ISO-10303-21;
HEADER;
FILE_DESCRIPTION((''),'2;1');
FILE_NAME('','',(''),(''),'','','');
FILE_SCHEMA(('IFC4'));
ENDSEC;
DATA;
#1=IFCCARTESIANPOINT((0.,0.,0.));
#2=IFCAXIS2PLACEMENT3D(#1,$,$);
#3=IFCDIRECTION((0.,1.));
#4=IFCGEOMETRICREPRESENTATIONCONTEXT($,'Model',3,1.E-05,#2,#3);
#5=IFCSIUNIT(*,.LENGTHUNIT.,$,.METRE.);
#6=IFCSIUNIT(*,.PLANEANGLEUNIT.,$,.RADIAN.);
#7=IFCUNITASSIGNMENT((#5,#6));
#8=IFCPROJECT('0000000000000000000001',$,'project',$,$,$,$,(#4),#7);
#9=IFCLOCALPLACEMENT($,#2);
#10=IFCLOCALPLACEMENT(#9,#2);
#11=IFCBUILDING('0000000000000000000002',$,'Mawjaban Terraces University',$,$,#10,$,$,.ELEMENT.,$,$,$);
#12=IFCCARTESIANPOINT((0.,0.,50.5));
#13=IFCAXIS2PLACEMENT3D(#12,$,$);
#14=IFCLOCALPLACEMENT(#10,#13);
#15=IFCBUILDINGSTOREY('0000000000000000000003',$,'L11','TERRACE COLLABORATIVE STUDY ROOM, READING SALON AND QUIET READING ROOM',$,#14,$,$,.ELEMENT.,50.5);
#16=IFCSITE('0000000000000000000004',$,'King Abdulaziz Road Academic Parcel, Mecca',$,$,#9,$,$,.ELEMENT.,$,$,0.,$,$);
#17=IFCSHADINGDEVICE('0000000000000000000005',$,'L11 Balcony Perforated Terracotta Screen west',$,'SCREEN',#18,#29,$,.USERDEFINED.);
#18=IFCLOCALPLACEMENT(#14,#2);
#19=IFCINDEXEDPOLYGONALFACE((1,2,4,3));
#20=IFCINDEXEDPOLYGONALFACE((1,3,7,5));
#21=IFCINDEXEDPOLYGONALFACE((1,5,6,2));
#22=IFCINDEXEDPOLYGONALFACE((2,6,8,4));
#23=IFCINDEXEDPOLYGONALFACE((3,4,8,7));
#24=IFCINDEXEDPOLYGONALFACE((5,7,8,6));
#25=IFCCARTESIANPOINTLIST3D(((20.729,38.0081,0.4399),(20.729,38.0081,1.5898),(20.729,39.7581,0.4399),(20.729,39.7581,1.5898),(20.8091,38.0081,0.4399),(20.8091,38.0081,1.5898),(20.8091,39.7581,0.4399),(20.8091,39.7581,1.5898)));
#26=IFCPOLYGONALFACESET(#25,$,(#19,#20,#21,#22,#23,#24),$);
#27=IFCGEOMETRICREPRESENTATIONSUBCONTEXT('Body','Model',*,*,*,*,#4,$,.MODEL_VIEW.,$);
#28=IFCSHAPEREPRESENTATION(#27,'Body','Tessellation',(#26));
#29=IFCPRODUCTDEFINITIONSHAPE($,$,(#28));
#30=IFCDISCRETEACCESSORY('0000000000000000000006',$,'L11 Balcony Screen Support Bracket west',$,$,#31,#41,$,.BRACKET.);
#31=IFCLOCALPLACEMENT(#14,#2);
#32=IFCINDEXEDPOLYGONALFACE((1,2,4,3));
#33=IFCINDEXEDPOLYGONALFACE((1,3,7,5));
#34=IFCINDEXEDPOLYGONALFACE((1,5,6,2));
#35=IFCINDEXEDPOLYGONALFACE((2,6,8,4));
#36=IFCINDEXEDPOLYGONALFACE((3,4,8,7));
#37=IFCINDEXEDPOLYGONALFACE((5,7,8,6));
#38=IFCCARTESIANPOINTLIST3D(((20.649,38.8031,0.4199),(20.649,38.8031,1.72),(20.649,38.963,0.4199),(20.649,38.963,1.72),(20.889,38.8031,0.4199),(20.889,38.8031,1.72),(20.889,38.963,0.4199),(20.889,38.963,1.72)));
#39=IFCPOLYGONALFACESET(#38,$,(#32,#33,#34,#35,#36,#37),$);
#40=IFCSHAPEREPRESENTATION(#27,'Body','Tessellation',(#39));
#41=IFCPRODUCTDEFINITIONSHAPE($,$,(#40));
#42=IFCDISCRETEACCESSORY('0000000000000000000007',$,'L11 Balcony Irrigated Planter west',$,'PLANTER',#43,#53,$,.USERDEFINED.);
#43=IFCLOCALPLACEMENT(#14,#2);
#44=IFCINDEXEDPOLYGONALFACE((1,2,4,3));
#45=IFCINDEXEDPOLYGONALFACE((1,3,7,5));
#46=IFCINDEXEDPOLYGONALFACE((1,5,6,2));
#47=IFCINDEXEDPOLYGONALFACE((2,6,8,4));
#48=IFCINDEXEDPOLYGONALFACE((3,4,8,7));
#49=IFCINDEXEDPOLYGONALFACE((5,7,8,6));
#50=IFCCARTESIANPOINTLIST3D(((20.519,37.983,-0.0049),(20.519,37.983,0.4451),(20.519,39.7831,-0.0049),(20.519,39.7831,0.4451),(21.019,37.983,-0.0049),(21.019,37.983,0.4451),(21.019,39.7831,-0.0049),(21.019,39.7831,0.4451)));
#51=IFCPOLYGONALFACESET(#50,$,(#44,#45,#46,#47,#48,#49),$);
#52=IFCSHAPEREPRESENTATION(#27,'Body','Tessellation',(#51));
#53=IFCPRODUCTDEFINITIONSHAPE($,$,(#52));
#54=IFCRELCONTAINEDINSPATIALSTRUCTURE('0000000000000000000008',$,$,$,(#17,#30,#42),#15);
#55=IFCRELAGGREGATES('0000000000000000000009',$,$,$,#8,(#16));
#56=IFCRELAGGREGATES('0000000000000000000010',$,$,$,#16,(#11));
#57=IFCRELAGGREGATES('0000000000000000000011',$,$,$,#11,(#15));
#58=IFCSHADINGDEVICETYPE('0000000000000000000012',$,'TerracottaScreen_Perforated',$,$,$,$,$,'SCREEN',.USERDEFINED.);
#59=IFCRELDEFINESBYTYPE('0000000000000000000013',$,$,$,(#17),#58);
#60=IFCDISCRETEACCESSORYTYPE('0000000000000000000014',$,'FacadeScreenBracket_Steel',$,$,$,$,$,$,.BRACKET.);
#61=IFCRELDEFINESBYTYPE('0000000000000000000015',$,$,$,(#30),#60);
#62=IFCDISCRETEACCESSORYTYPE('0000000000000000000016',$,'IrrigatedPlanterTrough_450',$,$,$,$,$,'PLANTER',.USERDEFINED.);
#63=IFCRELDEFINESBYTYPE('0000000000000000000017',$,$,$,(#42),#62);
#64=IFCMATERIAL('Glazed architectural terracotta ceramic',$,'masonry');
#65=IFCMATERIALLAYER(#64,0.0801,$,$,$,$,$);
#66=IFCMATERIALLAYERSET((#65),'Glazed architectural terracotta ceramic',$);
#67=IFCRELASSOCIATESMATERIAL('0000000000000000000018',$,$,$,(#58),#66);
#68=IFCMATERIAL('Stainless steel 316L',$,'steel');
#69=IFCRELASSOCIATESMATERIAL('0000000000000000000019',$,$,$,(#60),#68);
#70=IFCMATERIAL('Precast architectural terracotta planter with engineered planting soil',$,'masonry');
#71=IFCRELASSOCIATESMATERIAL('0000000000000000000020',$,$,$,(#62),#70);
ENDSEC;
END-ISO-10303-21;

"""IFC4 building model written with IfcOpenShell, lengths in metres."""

from ifc_helpers import new_model, si_unit, direction, frame, origin, origin_2d, place, context, subcontext, project, spatial, rectangle, extrude, material, layer, layer_set, type_object, element, save


model = new_model("IFC4")

# Units and contexts
model_context = context("Model", 3, precision=1e-05, world=origin(), true_north=direction((0.0, 1.0)))
body_context = subcontext(model_context, "Body", "Model", "MODEL_VIEW")
ifc_project = project(units=[si_unit("LENGTHUNIT", "METRE"), si_unit("PLANEANGLEUNIT", "RADIAN")], contexts=[model_context])

# Site, building, storey
site_placement = place(None, origin())
site = spatial("IfcSite", under=ifc_project, at=site_placement, Name="King Abdulaziz Road Academic Parcel, Mecca", CompositionType="ELEMENT", RefElevation=0.0)
building_placement = place(site_placement, origin())
building = spatial("IfcBuilding", under=site, at=building_placement, Name="Mawjaban Terraces University", CompositionType="ELEMENT")
storey_placement = place(building_placement, frame((0.0, 0.0, 50.5)))
storey = spatial("IfcBuildingStorey", under=building, at=storey_placement, Name="L11", Description="TERRACE COLLABORATIVE STUDY ROOM, READING SALON AND QUIET READING ROOM", CompositionType="ELEMENT", Elevation=50.5)

# Shading device
ifc_material_1 = material(Name="Glazed architectural terracotta ceramic", Category="masonry")
ifc_layer_1 = layer(ifc_material_1, 0.0801)
ifc_layer_set_1 = layer_set([ifc_layer_1], Name="Glazed architectural terracotta ceramic")
shading_device_type_1 = type_object("IfcShadingDeviceType", Name="TerracottaScreen_Perforated", ElementType="SCREEN", PredefinedType="USERDEFINED", material=ifc_layer_set_1)
shading_device_placement = place(storey_placement, frame((20.769, 38.8831, 0.4399), z_axis=(0.0, 0.0, 1.0), x_axis=(0.0, 1.0, 0.0)))
element("IfcShadingDevice", 1, at=shading_device_placement, inside=storey, type_object=shading_device_type_1, Name="L11 Balcony Perforated Terracotta Screen west", ObjectType="SCREEN", PredefinedType="USERDEFINED", context=body_context, shape_type="SweptSolid", body=[
    extrude(rectangle(XDim=1.75, YDim=0.0801, at=origin_2d()), origin(), (0.0, 0.0, 1.0), 1.1499),
])

# Discrete accessories
ifc_material_2 = material(Name="Stainless steel 316L", Category="steel")
discrete_accessory_type_1 = type_object("IfcDiscreteAccessoryType", Name="FacadeScreenBracket_Steel", PredefinedType="BRACKET", material=ifc_material_2)
discrete_accessory_1_placement = place(storey_placement, frame((20.769, 38.8831, 0.4199), z_axis=(0.0, 0.0, 1.0), x_axis=(0.0, 1.0, 0.0)))
element("IfcDiscreteAccessory", 2, at=discrete_accessory_1_placement, inside=storey, type_object=discrete_accessory_type_1, Name="L11 Balcony Screen Support Bracket west", PredefinedType="BRACKET", context=body_context, shape_type="SweptSolid", body=[
    extrude(rectangle(XDim=0.1599, YDim=0.24, at=origin_2d()), origin(), (0.0, 0.0, 1.0), 1.3),
])
ifc_material_3 = material(Name="Precast architectural terracotta planter with engineered planting soil", Category="masonry")
discrete_accessory_type_2 = type_object("IfcDiscreteAccessoryType", Name="IrrigatedPlanterTrough_450", ElementType="PLANTER", PredefinedType="USERDEFINED", material=ifc_material_3)
discrete_accessory_2_placement = place(storey_placement, frame((20.769, 38.8831, -0.0049), z_axis=(0.0, 0.0, 1.0), x_axis=(0.0, 1.0, 0.0)))
element("IfcDiscreteAccessory", 3, at=discrete_accessory_2_placement, inside=storey, type_object=discrete_accessory_type_2, Name="L11 Balcony Irrigated Planter west", ObjectType="PLANTER", PredefinedType="USERDEFINED", context=body_context, shape_type="SweptSolid", body=[
    extrude(rectangle(XDim=1.8, YDim=0.5, at=origin_2d()), origin(), (0.0, 0.0, 1.0), 0.45),
])

save(model, "model.ifc")
